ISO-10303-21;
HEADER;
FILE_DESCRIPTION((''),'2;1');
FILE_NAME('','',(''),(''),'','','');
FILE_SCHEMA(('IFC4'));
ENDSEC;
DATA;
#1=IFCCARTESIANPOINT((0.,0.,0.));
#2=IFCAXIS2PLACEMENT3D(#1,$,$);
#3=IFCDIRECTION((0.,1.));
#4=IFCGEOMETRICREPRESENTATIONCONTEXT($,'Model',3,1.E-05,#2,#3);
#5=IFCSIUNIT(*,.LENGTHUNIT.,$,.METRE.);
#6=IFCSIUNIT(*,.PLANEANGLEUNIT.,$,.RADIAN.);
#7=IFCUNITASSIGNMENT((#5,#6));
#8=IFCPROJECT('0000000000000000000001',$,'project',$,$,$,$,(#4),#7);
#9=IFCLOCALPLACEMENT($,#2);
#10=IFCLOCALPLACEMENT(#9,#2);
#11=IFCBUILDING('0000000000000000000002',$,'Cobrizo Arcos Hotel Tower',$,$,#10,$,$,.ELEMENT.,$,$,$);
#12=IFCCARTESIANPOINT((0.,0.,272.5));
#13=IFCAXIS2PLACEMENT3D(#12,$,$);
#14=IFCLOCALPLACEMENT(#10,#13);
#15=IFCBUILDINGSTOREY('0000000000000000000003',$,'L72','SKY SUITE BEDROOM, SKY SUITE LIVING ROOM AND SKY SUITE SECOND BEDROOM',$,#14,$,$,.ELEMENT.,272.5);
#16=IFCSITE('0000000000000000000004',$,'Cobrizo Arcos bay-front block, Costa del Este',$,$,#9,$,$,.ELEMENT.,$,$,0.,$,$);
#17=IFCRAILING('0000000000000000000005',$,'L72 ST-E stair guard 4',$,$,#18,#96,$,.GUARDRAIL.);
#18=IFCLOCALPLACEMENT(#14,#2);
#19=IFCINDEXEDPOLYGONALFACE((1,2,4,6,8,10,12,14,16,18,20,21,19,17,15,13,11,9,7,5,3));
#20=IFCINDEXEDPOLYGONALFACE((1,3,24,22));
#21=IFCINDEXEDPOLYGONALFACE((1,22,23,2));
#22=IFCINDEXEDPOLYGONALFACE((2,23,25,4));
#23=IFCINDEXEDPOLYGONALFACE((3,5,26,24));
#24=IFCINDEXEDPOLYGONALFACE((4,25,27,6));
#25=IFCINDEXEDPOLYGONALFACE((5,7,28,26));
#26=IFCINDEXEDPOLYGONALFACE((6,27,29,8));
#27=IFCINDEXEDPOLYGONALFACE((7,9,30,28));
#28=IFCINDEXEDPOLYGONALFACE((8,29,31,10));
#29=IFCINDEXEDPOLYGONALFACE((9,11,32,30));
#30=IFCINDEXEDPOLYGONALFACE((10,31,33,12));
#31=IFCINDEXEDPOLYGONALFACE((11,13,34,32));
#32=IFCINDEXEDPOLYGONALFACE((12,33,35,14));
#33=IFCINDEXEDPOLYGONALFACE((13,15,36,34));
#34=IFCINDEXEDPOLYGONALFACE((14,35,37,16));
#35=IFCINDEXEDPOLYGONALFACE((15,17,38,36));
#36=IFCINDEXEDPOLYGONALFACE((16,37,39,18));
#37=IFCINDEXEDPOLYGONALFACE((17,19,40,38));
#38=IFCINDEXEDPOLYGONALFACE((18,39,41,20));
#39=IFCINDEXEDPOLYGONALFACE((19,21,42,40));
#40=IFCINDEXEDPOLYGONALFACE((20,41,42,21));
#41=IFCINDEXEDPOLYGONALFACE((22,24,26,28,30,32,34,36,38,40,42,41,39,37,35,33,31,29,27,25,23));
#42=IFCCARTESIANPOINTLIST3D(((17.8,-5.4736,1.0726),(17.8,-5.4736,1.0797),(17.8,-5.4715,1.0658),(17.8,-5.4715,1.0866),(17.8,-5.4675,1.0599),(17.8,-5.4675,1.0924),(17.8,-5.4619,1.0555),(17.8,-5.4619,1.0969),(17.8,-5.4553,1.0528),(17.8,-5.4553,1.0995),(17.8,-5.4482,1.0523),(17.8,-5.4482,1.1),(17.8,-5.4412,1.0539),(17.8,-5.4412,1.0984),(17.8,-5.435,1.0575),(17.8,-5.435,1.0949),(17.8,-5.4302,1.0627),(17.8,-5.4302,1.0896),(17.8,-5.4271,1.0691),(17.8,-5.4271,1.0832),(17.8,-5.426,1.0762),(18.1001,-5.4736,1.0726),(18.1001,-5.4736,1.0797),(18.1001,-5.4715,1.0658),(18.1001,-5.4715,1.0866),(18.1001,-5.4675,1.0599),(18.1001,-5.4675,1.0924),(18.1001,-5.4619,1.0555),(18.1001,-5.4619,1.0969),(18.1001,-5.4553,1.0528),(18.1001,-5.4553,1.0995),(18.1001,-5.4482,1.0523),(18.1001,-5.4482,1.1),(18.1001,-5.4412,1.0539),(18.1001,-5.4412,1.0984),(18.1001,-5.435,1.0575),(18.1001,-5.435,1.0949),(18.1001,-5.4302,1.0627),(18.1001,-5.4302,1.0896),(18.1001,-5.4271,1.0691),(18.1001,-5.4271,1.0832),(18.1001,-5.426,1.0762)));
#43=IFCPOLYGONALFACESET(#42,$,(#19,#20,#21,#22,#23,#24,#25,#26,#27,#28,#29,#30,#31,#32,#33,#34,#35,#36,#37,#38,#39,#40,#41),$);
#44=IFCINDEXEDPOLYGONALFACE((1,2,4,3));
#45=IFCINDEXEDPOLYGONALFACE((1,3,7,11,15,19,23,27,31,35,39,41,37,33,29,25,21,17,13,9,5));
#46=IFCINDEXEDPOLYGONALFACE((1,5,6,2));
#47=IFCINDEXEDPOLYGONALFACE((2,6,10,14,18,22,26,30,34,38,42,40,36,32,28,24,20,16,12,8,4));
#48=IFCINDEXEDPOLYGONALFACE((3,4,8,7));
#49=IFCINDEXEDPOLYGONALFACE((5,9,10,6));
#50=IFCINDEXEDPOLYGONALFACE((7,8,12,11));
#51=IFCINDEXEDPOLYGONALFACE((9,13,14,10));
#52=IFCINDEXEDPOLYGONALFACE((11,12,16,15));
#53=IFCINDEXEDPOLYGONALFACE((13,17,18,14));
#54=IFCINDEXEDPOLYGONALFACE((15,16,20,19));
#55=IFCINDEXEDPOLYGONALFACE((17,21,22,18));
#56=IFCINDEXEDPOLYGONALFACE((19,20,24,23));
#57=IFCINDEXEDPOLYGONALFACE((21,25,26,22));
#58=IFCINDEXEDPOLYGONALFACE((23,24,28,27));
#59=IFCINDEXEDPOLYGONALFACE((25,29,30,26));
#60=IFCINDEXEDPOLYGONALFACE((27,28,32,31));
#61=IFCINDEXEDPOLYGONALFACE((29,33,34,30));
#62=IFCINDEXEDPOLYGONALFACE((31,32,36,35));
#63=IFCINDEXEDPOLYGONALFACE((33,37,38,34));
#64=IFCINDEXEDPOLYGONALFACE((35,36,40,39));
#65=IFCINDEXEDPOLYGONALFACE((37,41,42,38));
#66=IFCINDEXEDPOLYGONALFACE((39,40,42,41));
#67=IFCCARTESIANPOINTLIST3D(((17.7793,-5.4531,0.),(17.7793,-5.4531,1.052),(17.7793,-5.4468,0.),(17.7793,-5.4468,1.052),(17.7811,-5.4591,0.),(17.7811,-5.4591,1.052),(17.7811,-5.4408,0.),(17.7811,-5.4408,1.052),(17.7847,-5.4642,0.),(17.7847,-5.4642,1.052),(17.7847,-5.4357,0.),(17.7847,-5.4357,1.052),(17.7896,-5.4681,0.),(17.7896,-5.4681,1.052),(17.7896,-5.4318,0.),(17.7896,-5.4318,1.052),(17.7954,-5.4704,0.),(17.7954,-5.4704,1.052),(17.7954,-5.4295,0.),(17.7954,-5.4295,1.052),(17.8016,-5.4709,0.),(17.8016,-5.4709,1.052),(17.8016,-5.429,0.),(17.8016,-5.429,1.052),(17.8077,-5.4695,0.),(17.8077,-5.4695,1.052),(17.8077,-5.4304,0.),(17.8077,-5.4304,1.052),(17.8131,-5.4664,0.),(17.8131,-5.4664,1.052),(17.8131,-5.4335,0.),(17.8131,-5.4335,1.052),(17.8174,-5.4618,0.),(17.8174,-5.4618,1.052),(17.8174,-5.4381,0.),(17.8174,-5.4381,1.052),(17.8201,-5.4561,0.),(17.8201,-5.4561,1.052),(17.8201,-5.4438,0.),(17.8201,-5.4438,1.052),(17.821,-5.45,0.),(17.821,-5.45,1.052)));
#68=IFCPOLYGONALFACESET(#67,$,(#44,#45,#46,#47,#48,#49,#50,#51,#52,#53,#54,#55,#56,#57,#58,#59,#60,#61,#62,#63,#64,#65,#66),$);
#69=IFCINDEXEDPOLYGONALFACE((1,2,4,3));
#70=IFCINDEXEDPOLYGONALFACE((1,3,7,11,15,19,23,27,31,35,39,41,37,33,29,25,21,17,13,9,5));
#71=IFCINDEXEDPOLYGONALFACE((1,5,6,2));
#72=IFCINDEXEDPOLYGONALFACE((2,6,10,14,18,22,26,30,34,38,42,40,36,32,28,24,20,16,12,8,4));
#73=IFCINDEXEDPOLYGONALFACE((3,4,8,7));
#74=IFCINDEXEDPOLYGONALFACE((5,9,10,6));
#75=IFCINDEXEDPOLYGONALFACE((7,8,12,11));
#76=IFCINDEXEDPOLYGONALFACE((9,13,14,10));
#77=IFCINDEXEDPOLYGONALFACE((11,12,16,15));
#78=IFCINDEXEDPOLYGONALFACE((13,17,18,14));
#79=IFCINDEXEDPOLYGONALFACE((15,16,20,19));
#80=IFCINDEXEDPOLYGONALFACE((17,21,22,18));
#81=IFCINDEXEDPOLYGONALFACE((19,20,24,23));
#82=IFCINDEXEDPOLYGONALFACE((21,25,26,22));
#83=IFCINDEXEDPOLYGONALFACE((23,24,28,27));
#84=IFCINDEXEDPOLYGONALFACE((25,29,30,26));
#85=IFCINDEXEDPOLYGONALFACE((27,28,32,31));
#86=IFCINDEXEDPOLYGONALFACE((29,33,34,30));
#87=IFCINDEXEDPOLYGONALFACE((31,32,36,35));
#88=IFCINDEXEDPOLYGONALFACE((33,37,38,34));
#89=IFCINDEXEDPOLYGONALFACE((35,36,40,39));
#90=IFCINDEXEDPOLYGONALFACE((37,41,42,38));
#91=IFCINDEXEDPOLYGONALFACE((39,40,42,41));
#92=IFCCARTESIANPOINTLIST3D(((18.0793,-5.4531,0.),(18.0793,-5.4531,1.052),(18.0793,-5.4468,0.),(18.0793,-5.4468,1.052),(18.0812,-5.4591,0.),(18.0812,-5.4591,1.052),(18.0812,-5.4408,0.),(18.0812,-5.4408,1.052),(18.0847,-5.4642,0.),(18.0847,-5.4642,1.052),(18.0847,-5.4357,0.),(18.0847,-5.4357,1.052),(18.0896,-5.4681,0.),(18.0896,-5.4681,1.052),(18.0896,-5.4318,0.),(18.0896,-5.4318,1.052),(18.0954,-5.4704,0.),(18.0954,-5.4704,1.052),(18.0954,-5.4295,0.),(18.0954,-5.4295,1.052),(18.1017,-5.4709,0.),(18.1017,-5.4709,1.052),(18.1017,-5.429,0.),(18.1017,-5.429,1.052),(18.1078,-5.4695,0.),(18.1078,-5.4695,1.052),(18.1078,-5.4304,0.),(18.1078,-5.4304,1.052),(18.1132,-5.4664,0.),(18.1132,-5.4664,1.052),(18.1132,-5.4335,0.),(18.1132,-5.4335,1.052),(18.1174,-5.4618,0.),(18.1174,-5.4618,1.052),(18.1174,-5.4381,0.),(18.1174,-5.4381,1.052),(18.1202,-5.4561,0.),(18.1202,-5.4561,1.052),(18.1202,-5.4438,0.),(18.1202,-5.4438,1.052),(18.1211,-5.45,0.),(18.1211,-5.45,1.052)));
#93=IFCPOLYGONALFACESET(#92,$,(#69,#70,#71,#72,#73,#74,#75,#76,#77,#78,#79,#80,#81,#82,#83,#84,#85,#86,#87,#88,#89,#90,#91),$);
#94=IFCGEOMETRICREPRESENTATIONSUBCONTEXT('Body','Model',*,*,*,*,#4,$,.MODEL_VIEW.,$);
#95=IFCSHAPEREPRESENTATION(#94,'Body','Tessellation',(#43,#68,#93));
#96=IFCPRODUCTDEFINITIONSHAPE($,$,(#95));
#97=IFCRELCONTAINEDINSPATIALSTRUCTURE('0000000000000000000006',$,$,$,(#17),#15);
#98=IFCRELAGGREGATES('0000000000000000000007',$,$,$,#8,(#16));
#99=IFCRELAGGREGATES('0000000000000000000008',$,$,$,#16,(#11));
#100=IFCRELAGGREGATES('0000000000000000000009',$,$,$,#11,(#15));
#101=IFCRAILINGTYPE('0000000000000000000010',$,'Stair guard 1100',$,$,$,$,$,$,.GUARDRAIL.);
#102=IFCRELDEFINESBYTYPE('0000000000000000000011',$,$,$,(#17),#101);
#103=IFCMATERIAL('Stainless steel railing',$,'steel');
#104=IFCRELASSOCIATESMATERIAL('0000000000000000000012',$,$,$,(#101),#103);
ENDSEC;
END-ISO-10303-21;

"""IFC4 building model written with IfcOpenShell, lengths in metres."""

from ifc_helpers import new_model, si_unit, direction, frame, origin, origin_2d, place, context, subcontext, project, spatial, circle, extrude, material, type_object, element, save


model = new_model("IFC4")

# Units and contexts
model_context = context("Model", 3, precision=1e-05, world=origin(), true_north=direction((0.0, 1.0)))
body_context = subcontext(model_context, "Body", "Model", "MODEL_VIEW")
ifc_project = project(units=[si_unit("LENGTHUNIT", "METRE"), si_unit("PLANEANGLEUNIT", "RADIAN")], contexts=[model_context])

# Site, building, storey
site_placement = place(None, origin())
site = spatial("IfcSite", under=ifc_project, at=site_placement, Name="Cobrizo Arcos bay-front block, Costa del Este", CompositionType="ELEMENT", RefElevation=0.0)
building_placement = place(site_placement, origin())
building = spatial("IfcBuilding", under=site, at=building_placement, Name="Cobrizo Arcos Hotel Tower", CompositionType="ELEMENT")
storey_placement = place(building_placement, frame((0.0, 0.0, 272.5)))
storey = spatial("IfcBuildingStorey", under=building, at=storey_placement, Name="L72", Description="SKY SUITE BEDROOM, SKY SUITE LIVING ROOM AND SKY SUITE SECOND BEDROOM", CompositionType="ELEMENT", Elevation=272.5)

# Railing
ifc_material_1 = material(Name="Stainless steel railing", Category="steel")
railing_type_1 = type_object("IfcRailingType", Name="Stair guard 1100", PredefinedType="GUARDRAIL", material=ifc_material_1)
railing_1_placement = place(storey_placement, frame((17.8, -5.45, 0.0)))
element("IfcRailing", 1, at=railing_1_placement, inside=storey, type_object=railing_type_1, Name="L72 ST-E stair guard 4", PredefinedType="GUARDRAIL", context=body_context, shape_type="SweptSolid", body=[
    extrude(circle(Radius=0.0239, at=origin_2d()), frame((0.0, 0.0, 1.0762), z_axis=(1.0, 0.0, 0.0), x_axis=(0.0, 1.0, 0.0)), (0.0, 0.0, 1.0), 0.3),
    extrude(circle(Radius=0.021, at=origin_2d()), origin(), (0.0, 0.0, 1.0), 1.052),
    extrude(circle(Radius=0.021, at=origin_2d()), frame((0.3, 0.0, 0.0)), (0.0, 0.0, 1.0), 1.052),
])

save(model, "model.ifc")
